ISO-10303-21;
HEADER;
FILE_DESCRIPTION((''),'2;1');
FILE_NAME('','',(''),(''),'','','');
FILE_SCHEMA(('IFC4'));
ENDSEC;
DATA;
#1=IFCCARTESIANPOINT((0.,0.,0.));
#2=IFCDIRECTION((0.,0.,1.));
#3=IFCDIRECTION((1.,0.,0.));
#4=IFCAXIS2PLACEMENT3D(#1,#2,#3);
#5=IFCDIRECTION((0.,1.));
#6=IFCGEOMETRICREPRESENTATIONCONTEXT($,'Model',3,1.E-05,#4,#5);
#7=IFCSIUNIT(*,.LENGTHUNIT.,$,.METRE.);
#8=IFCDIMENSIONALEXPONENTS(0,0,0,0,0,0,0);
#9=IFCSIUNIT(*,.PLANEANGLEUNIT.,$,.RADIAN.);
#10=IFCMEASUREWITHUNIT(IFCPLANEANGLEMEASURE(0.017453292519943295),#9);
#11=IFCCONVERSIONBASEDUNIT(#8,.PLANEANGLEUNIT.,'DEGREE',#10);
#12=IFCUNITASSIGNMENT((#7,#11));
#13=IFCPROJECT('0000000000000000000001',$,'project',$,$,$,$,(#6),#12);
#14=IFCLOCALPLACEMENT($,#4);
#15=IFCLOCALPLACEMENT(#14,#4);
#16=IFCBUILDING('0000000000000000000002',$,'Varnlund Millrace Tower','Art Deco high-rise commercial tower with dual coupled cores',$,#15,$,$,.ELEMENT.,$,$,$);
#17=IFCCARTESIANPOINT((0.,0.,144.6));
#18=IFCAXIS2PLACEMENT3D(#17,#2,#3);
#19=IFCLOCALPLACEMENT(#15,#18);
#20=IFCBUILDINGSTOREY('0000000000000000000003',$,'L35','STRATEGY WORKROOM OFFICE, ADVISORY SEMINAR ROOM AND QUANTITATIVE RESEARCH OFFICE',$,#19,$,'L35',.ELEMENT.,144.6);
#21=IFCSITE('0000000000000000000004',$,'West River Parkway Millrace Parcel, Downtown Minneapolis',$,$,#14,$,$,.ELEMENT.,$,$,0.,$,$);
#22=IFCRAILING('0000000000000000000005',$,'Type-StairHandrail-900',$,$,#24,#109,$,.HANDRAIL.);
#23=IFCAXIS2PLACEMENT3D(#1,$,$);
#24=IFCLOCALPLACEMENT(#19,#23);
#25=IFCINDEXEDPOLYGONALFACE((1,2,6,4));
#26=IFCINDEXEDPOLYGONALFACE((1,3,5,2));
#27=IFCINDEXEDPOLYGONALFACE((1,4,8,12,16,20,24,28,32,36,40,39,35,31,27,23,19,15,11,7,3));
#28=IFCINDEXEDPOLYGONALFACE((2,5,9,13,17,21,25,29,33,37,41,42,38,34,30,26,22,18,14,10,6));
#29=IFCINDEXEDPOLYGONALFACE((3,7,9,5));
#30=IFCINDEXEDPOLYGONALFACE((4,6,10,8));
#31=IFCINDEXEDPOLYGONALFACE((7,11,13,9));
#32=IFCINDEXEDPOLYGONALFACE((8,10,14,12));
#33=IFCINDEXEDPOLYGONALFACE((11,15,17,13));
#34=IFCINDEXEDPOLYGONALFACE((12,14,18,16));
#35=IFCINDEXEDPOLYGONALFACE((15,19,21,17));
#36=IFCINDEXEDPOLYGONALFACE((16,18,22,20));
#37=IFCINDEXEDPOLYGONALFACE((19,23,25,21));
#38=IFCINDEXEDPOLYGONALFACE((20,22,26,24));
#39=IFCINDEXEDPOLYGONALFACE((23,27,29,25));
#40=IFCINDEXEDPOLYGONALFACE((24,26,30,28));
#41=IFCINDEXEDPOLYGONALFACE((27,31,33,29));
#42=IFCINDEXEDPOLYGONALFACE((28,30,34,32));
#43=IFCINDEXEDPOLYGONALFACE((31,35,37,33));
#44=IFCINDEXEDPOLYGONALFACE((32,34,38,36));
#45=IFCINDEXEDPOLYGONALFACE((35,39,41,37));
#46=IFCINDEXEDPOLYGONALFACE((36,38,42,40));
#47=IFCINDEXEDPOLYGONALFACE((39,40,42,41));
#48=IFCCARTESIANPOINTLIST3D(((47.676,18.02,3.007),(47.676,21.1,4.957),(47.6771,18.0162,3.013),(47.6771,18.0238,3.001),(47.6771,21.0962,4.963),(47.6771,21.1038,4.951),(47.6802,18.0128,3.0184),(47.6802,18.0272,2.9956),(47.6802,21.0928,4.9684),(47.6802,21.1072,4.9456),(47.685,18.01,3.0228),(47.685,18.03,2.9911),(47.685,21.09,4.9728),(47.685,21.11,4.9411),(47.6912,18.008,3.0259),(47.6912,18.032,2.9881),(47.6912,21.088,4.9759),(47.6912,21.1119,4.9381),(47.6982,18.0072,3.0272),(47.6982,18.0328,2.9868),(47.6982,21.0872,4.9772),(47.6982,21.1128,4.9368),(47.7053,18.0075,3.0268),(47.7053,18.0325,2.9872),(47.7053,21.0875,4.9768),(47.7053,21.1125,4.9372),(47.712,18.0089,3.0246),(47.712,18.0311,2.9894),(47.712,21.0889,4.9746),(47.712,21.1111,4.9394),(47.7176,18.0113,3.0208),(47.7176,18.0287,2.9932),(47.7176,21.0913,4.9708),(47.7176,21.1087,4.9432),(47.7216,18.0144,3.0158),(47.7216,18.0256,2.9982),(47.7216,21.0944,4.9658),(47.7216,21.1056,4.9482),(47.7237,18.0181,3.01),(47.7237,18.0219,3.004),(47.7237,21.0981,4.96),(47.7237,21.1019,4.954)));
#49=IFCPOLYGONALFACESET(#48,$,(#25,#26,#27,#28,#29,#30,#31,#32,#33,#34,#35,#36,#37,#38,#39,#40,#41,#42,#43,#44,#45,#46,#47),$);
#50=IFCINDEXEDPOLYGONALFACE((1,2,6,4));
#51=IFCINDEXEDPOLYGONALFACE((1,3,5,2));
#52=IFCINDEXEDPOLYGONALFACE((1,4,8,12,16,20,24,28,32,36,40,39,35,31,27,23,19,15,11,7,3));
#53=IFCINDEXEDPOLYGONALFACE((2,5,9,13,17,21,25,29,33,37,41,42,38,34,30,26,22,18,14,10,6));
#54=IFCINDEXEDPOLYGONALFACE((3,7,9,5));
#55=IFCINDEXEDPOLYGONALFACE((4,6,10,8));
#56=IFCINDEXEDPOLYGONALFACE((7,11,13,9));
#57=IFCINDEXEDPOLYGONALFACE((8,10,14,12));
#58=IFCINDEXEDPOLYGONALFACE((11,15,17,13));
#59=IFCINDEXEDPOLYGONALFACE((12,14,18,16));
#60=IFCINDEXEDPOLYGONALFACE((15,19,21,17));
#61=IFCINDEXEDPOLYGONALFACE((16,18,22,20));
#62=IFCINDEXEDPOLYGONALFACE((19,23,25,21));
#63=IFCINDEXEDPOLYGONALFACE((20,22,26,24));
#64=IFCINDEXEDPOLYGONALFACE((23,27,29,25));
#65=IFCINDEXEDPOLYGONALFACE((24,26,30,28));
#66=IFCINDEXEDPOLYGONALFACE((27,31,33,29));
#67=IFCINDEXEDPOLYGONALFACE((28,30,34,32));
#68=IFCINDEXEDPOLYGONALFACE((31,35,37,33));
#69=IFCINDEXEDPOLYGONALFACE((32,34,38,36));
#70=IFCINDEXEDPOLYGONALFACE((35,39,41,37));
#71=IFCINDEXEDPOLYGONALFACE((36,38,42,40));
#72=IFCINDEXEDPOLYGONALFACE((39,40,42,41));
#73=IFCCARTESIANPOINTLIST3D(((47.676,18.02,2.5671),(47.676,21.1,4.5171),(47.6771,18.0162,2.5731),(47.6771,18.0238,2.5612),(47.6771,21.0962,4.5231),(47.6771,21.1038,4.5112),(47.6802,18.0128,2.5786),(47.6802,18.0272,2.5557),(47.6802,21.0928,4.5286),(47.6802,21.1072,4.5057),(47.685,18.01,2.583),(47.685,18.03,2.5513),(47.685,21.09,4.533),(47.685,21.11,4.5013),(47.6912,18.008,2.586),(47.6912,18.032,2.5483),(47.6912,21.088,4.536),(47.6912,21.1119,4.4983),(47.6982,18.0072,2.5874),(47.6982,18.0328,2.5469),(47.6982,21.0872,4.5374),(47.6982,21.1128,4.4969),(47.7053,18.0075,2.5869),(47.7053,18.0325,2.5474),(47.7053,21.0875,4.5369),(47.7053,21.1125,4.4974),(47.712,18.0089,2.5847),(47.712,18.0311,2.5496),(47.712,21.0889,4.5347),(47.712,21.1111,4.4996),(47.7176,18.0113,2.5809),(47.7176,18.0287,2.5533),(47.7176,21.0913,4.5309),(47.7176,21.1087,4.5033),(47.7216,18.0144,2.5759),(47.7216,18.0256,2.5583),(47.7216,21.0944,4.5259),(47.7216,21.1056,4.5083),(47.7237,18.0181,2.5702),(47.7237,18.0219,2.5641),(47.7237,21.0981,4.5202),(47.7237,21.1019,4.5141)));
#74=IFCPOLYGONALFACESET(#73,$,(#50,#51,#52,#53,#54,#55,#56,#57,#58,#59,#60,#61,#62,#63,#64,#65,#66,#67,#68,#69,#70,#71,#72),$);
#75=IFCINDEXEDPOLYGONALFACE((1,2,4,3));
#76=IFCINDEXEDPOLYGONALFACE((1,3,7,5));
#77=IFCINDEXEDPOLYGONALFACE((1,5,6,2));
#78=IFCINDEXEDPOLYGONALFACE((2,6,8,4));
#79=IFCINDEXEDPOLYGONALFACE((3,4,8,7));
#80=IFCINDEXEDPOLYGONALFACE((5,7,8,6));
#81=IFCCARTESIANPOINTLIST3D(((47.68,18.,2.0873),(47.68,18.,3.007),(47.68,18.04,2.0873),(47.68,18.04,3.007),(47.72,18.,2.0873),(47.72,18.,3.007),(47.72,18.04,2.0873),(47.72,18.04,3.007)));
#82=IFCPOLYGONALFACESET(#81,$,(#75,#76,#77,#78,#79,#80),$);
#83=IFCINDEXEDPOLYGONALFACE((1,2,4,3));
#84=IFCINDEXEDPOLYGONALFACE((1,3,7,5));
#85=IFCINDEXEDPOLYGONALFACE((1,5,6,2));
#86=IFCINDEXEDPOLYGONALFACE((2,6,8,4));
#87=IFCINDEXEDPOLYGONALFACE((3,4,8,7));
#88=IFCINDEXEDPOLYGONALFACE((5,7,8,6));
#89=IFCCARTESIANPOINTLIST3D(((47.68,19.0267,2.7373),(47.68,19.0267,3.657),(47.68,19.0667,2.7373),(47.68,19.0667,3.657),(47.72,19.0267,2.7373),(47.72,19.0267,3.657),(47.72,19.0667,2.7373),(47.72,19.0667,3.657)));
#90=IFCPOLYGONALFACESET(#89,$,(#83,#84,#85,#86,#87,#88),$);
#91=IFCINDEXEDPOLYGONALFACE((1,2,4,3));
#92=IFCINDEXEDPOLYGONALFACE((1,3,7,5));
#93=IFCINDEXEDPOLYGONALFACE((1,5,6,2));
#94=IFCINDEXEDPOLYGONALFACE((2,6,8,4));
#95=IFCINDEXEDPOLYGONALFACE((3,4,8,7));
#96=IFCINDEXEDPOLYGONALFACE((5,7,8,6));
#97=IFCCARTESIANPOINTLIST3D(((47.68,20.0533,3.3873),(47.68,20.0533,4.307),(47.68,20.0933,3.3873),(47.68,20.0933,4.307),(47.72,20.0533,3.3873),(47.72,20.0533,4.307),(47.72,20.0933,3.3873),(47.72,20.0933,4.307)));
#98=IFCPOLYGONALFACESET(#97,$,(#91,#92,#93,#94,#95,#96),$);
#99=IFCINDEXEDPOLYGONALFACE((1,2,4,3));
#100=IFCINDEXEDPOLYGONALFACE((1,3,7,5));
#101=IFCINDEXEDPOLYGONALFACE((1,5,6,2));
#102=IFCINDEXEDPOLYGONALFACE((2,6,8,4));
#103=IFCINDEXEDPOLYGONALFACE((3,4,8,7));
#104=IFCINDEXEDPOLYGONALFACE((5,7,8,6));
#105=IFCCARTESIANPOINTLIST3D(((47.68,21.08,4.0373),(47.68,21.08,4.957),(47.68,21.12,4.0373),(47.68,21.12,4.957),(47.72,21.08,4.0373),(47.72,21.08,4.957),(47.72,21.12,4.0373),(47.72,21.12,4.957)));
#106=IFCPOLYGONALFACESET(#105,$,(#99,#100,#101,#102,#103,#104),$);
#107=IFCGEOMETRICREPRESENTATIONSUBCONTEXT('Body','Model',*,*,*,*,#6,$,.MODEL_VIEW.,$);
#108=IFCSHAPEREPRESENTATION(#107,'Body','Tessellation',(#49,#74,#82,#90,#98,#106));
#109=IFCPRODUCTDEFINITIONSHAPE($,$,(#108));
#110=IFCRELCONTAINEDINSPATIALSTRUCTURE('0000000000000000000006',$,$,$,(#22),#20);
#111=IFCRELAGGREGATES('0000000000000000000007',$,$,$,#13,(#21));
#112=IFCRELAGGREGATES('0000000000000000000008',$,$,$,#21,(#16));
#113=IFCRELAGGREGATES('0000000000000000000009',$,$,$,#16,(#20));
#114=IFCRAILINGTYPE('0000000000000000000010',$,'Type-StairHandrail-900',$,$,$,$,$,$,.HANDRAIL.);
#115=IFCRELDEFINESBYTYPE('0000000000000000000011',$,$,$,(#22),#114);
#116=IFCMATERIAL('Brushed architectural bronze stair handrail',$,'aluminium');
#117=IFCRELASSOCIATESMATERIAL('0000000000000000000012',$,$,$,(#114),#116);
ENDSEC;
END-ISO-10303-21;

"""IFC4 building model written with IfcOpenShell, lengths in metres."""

from ifc_helpers import new_model, entity, si_unit, converted_unit, direction, frame, origin_with_axes, origin_2d_with_axis, place, context, subcontext, project, spatial, rectangle, circle, extrude, material, type_object, element, save


model = new_model("IFC4")

# Units and contexts
model_context = context("Model", 3, precision=1e-05, world=origin_with_axes(), true_north=direction((0.0, 1.0)))
body_context = subcontext(model_context, "Body", "Model", "MODEL_VIEW")
ifc_project = project(units=[si_unit("LENGTHUNIT", "METRE"), converted_unit("PLANEANGLEUNIT", "DEGREE", entity("IfcPlaneAngleMeasure", 0.017453292519943295), si_unit("PLANEANGLEUNIT", "RADIAN"), dimensions=[0, 0, 0, 0, 0, 0, 0])], contexts=[model_context])

# Site, building, storey
site_placement = place(None, origin_with_axes())
site = spatial("IfcSite", under=ifc_project, at=site_placement, Name="West River Parkway Millrace Parcel, Downtown Minneapolis", CompositionType="ELEMENT", RefElevation=0.0)
building_placement = place(site_placement, origin_with_axes())
building = spatial("IfcBuilding", under=site, at=building_placement, Name="Varnlund Millrace Tower", Description="Art Deco high-rise commercial tower with dual coupled cores", CompositionType="ELEMENT")
storey_placement = place(building_placement, frame((0.0, 0.0, 144.6), z_axis=(0.0, 0.0, 1.0), x_axis=(1.0, 0.0, 0.0)))
storey = spatial("IfcBuildingStorey", under=building, at=storey_placement, Name="L35", Description="STRATEGY WORKROOM OFFICE, ADVISORY SEMINAR ROOM AND QUANTITATIVE RESEARCH OFFICE", LongName="L35", CompositionType="ELEMENT", Elevation=144.6)

# Railing
ifc_material_1 = material(Name="Brushed architectural bronze stair handrail", Category="aluminium")
railing_type_1 = type_object("IfcRailingType", Name="Type-StairHandrail-900", PredefinedType="HANDRAIL", material=ifc_material_1)
railing_1_placement = place(storey_placement, frame((0.0, 0.0, -144.6), z_axis=(0.0, 0.0, 1.0), x_axis=(1.0, 0.0, 0.0)))
element("IfcRailing", 1, at=railing_1_placement, inside=storey, type_object=railing_type_1, Name="Type-StairHandrail-900", PredefinedType="HANDRAIL", context=body_context, shape_type="SweptSolid", body=[
    extrude(circle(Radius=0.024, at=origin_2d_with_axis()), frame((47.7, 18.02, 147.607), z_axis=(0.0, 0.844902, 0.534922), x_axis=(-1.0, 0.0, 0.0)), (0.0, 0.0, 1.0), 3.6454),
    extrude(circle(Radius=0.024, at=origin_2d_with_axis()), frame((47.7, 18.02, 147.1671), z_axis=(0.0, 0.844902, 0.534922), x_axis=(-1.0, 0.0, 0.0)), (0.0, 0.0, 1.0), 3.6454),
    extrude(rectangle(XDim=0.04, YDim=0.04, at=origin_2d_with_axis()), frame((47.7, 18.02, 146.6873), z_axis=(0.0, 0.0, 1.0), x_axis=(1.0, 0.0, 0.0)), (0.0, 0.0, 1.0), 0.9197),
    extrude(rectangle(XDim=0.04, YDim=0.04, at=origin_2d_with_axis()), frame((47.7, 19.0467, 147.3373), z_axis=(0.0, 0.0, 1.0), x_axis=(1.0, 0.0, 0.0)), (0.0, 0.0, 1.0), 0.9197),
    extrude(rectangle(XDim=0.04, YDim=0.04, at=origin_2d_with_axis()), frame((47.7, 20.0733, 147.9873), z_axis=(0.0, 0.0, 1.0), x_axis=(1.0, 0.0, 0.0)), (0.0, 0.0, 1.0), 0.9197),
    extrude(rectangle(XDim=0.04, YDim=0.04, at=origin_2d_with_axis()), frame((47.7, 21.1, 148.6373), z_axis=(0.0, 0.0, 1.0), x_axis=(1.0, 0.0, 0.0)), (0.0, 0.0, 1.0), 0.9197),
])

save(model, "model.ifc")
